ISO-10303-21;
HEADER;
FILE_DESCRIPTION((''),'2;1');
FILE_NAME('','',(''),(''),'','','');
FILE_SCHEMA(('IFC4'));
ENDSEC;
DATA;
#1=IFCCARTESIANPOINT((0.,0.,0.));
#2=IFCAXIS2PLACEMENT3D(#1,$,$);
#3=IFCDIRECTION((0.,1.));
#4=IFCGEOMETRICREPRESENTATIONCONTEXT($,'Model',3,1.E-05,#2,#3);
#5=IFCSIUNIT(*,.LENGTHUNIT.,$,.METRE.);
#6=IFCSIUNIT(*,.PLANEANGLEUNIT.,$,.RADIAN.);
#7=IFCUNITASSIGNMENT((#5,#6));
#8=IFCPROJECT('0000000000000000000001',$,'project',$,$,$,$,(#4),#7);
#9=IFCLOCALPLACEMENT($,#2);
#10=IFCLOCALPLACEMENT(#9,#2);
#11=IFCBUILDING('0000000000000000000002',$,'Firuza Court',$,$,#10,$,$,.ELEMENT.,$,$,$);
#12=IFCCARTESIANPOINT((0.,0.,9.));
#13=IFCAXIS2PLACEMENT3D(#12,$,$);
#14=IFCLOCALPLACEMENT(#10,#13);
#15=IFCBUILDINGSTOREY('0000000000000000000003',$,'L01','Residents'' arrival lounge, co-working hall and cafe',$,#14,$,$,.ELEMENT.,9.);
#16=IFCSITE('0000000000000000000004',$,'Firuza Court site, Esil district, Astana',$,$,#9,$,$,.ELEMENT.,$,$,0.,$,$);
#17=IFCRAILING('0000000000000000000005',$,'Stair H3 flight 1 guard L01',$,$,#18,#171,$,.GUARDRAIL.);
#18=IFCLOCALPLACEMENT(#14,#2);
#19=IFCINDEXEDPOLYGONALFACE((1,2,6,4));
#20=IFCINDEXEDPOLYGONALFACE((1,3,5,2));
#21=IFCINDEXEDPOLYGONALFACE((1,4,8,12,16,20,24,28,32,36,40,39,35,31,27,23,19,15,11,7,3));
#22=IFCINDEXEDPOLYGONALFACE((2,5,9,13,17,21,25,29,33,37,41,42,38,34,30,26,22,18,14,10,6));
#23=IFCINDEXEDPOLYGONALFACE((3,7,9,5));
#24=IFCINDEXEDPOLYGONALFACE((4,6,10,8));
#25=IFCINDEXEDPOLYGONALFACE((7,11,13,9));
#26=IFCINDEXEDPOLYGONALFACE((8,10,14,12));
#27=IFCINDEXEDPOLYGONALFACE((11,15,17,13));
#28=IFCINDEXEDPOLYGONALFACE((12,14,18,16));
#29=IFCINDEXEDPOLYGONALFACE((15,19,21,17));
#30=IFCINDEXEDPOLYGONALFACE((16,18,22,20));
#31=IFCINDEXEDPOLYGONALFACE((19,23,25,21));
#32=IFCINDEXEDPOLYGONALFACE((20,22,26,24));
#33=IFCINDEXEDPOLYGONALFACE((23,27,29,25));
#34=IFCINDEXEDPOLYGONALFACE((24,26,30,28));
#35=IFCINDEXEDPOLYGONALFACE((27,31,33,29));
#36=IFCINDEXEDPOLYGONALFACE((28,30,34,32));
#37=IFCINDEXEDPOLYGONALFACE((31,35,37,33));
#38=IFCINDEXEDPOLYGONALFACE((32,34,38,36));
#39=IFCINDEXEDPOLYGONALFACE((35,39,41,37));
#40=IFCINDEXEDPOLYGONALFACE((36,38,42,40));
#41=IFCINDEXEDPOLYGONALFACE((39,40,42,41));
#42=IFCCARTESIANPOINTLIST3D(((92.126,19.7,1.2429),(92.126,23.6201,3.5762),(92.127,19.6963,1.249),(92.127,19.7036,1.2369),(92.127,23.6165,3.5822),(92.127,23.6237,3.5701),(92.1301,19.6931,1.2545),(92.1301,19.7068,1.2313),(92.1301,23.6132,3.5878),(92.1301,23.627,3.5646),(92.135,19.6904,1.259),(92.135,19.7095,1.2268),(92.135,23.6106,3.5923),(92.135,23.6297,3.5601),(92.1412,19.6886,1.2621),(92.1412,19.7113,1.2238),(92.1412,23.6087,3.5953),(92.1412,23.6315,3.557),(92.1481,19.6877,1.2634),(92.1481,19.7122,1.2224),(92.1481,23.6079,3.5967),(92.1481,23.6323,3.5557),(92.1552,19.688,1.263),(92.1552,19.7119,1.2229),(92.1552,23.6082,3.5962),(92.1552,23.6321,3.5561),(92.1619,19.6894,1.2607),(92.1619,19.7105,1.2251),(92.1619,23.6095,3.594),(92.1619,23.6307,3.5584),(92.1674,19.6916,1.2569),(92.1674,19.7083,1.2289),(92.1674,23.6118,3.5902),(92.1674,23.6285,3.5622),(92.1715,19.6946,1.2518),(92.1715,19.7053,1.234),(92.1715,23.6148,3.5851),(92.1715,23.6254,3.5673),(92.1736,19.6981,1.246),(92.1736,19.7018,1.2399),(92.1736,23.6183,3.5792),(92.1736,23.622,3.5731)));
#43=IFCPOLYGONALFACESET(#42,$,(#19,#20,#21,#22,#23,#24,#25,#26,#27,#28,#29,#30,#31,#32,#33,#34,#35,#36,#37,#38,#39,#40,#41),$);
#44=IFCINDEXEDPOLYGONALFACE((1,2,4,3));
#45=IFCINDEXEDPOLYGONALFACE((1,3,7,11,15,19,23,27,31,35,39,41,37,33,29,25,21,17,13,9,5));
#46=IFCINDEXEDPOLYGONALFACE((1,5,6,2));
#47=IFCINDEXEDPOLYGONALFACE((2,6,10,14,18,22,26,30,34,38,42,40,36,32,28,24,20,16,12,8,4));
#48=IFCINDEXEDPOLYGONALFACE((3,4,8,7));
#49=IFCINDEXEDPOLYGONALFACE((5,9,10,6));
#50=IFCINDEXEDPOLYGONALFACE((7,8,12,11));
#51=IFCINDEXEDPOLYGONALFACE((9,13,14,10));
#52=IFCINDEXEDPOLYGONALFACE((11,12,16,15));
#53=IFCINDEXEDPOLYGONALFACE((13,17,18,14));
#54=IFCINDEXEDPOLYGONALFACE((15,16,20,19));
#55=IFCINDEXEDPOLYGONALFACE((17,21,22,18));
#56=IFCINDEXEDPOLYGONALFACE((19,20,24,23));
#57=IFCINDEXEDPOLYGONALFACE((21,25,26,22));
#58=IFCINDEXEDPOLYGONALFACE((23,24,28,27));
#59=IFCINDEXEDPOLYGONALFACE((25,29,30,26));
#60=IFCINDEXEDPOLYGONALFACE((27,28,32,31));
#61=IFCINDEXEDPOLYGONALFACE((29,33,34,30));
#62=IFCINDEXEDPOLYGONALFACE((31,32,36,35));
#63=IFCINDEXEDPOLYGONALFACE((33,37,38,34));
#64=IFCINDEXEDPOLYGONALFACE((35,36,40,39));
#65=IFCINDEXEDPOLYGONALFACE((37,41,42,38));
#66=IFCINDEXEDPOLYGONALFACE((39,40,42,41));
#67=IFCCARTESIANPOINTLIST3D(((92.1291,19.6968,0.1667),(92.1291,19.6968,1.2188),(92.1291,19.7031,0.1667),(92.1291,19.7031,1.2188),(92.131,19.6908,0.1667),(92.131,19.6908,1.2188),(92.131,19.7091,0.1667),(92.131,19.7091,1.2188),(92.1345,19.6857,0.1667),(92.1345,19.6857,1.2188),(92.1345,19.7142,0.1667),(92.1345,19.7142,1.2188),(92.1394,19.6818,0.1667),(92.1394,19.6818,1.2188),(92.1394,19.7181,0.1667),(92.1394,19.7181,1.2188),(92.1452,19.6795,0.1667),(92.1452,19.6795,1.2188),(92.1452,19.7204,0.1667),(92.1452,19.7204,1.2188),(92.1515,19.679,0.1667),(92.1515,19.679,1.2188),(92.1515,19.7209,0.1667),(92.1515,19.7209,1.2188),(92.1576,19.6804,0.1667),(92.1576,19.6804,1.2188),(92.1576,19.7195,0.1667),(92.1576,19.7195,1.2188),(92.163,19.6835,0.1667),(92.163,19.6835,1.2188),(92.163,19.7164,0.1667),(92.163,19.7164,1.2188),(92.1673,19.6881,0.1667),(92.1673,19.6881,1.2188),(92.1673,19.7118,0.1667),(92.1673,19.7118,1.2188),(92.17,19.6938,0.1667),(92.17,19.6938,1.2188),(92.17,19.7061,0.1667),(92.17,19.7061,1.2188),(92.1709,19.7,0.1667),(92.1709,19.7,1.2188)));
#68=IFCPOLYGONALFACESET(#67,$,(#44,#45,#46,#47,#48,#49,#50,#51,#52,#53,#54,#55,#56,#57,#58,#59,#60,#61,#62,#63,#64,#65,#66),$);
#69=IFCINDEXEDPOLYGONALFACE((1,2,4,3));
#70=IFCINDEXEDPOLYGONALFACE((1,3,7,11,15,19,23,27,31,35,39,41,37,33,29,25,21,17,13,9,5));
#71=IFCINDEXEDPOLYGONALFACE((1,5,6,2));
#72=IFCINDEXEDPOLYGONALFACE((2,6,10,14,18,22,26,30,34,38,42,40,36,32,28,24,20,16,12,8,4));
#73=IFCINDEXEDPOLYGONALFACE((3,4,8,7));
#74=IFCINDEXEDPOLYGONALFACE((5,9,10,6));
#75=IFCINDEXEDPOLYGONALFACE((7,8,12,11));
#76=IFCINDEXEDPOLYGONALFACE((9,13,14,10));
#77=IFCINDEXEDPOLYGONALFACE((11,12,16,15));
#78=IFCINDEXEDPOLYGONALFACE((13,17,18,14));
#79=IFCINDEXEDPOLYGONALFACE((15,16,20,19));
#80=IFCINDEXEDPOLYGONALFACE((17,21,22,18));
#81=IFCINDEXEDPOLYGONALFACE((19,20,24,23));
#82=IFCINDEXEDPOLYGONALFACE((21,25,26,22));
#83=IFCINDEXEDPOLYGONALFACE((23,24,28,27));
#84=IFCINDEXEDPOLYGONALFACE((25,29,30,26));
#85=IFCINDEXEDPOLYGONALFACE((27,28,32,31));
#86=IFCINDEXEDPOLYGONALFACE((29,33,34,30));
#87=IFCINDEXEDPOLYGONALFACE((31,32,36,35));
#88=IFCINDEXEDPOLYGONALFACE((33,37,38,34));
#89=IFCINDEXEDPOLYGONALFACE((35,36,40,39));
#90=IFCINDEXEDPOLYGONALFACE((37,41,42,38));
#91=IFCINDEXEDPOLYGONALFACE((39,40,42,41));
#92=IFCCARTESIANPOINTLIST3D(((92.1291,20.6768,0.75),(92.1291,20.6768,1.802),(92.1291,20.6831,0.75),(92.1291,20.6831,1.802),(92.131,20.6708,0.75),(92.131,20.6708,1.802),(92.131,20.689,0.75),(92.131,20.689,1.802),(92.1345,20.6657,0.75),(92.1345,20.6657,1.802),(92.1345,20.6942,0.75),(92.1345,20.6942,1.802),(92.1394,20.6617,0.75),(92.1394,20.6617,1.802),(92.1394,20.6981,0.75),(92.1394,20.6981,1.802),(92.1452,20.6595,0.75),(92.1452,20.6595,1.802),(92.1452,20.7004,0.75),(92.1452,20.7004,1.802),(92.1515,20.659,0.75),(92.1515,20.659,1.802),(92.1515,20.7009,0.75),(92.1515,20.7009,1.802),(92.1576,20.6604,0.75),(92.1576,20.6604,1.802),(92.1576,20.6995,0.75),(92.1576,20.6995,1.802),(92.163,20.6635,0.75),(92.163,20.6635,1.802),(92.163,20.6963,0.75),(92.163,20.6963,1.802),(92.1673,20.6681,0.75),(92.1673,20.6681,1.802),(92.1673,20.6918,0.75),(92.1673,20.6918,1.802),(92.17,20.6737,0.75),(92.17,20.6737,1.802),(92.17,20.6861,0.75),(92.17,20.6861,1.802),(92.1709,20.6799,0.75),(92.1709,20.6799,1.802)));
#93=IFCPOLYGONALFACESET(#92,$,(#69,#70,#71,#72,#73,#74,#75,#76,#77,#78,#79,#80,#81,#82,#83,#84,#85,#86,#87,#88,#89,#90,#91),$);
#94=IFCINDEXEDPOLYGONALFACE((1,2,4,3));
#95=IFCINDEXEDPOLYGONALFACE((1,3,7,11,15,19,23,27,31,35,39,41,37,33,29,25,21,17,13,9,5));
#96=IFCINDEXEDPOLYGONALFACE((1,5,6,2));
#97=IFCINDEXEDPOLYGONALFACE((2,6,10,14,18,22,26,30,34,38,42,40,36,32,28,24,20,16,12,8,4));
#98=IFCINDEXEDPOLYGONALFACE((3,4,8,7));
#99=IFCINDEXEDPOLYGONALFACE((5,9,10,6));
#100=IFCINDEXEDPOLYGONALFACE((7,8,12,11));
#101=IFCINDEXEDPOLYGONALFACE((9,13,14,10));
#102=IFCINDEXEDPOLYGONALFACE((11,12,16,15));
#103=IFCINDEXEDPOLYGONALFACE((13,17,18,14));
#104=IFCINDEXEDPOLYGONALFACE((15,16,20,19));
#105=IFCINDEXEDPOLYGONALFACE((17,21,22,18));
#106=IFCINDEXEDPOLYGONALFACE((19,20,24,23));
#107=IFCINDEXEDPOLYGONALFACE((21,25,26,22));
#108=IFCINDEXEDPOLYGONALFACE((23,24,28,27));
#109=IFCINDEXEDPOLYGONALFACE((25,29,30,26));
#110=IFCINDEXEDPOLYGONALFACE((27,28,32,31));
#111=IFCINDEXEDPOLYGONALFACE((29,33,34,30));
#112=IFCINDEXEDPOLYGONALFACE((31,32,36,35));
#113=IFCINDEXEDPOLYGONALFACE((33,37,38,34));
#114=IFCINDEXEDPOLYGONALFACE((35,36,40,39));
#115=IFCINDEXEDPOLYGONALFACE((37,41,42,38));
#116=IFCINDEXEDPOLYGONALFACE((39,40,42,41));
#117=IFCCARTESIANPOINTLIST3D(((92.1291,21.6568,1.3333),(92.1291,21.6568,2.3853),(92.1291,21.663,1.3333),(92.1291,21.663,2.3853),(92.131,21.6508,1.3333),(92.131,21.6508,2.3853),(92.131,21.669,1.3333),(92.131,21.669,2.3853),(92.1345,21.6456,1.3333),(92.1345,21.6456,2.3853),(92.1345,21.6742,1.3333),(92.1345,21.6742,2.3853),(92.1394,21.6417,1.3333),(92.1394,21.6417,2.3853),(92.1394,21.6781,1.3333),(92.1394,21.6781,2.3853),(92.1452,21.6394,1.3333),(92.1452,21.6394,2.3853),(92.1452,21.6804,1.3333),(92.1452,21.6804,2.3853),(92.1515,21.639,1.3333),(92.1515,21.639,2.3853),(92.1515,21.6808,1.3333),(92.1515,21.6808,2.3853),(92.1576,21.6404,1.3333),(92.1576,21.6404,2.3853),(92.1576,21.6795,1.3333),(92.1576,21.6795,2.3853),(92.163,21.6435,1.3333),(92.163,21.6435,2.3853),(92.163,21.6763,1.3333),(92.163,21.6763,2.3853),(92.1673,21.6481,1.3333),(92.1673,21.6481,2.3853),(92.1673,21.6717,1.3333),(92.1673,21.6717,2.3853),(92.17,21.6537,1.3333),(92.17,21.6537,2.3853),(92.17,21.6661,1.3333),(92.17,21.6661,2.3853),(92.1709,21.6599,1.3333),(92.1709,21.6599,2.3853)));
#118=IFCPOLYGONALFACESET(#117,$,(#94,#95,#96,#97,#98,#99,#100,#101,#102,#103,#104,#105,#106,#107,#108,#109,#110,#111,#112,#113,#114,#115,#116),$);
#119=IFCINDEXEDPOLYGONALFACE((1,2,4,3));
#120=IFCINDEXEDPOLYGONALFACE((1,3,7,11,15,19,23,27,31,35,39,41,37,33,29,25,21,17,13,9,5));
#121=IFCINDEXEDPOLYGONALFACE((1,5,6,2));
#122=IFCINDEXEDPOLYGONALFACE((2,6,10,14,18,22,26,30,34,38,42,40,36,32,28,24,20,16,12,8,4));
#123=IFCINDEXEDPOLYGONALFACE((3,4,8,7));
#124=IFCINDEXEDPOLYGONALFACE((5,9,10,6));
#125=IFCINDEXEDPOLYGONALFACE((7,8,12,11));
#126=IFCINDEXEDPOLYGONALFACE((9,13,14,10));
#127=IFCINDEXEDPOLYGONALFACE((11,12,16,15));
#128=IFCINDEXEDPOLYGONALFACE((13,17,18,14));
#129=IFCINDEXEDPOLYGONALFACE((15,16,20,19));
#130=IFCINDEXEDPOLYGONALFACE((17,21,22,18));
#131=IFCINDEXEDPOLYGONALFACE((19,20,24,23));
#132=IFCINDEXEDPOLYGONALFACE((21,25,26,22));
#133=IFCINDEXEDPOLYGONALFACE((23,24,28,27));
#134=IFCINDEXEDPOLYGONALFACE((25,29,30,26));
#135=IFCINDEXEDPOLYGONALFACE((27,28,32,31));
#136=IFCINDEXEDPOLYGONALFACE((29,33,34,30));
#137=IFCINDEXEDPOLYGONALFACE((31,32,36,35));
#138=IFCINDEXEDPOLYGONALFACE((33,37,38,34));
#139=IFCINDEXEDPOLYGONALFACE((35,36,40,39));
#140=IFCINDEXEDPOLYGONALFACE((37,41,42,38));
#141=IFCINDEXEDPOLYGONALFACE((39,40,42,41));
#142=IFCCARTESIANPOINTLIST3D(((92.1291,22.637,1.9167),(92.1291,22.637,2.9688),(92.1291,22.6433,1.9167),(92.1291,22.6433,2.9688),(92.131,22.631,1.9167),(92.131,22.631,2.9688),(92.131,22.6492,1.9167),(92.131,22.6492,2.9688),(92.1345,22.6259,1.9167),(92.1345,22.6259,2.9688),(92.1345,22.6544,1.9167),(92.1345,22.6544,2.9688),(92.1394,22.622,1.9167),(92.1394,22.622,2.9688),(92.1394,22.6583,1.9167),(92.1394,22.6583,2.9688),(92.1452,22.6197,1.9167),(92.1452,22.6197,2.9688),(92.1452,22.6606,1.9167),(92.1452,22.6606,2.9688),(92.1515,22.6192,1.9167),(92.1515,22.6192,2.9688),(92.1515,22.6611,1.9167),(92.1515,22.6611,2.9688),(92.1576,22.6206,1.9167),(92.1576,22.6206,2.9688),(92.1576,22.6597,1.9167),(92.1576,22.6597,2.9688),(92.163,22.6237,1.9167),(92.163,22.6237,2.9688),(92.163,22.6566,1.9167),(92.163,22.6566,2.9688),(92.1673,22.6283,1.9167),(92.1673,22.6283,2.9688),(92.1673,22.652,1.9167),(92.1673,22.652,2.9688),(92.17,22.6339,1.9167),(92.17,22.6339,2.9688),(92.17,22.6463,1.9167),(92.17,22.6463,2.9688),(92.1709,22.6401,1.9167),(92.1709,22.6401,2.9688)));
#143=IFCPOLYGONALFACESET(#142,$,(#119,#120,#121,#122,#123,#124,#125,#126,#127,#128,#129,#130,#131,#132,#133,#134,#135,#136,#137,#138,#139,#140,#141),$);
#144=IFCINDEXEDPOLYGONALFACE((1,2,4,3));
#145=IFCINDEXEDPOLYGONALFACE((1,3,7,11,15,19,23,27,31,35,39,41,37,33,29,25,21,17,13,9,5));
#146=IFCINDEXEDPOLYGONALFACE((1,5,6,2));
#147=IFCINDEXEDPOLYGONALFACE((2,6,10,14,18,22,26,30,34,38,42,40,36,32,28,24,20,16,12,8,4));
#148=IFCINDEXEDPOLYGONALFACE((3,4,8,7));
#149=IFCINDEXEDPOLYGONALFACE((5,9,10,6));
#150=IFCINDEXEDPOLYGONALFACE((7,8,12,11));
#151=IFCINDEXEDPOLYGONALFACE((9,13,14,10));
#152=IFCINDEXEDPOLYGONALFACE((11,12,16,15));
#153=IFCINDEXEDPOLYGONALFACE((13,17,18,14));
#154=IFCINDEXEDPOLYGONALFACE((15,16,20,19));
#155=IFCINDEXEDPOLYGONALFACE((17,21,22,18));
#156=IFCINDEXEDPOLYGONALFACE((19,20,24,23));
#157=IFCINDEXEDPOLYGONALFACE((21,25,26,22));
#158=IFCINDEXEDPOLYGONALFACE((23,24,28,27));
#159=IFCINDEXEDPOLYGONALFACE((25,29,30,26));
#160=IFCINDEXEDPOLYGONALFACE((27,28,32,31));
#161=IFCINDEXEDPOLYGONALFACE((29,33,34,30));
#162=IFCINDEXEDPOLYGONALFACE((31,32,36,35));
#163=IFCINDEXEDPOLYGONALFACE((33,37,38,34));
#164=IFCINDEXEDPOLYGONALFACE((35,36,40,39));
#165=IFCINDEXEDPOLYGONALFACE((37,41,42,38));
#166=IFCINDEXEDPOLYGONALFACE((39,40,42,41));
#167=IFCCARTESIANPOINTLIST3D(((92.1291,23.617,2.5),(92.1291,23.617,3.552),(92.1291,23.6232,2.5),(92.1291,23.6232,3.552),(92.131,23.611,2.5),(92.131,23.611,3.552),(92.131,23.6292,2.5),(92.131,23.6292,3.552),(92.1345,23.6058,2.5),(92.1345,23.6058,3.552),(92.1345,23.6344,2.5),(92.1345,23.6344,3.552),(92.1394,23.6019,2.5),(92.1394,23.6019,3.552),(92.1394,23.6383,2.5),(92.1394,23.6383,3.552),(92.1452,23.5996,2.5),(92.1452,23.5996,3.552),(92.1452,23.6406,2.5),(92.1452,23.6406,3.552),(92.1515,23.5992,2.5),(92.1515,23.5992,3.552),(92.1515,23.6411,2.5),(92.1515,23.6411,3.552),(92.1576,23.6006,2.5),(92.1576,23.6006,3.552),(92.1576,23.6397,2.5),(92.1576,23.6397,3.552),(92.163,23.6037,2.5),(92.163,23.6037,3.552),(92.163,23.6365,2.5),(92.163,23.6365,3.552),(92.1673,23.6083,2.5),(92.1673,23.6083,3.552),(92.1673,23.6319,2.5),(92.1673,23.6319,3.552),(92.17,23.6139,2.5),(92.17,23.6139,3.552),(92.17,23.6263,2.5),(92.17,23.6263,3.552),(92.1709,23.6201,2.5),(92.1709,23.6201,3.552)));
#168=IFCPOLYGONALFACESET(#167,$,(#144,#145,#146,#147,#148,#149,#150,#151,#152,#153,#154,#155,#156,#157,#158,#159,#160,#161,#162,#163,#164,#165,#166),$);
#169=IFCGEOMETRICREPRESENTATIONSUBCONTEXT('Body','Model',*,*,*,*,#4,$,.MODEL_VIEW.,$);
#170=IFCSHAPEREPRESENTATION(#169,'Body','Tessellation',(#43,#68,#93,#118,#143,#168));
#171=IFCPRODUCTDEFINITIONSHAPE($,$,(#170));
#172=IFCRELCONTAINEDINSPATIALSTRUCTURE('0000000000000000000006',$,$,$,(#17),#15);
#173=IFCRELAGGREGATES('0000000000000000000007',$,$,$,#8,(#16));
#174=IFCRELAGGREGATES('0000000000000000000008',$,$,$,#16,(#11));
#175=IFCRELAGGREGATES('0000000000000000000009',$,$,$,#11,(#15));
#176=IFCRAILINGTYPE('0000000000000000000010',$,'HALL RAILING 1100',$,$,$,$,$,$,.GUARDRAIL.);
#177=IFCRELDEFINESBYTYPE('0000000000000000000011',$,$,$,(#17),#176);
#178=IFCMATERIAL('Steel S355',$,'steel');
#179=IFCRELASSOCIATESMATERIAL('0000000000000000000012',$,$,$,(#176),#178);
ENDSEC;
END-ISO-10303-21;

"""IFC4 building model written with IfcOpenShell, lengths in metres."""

from ifc_helpers import new_model, si_unit, direction, frame, origin, origin_2d, place, context, subcontext, project, spatial, circle, extrude, material, type_object, element, save


model = new_model("IFC4")

# Units and contexts
model_context = context("Model", 3, precision=1e-05, world=origin(), true_north=direction((0.0, 1.0)))
body_context = subcontext(model_context, "Body", "Model", "MODEL_VIEW")
ifc_project = project(units=[si_unit("LENGTHUNIT", "METRE"), si_unit("PLANEANGLEUNIT", "RADIAN")], contexts=[model_context])

# Site, building, storey
site_placement = place(None, origin())
site = spatial("IfcSite", under=ifc_project, at=site_placement, Name="Firuza Court site, Esil district, Astana", CompositionType="ELEMENT", RefElevation=0.0)
building_placement = place(site_placement, origin())
building = spatial("IfcBuilding", under=site, at=building_placement, Name="Firuza Court", CompositionType="ELEMENT")
storey_placement = place(building_placement, frame((0.0, 0.0, 9.0)))
storey = spatial("IfcBuildingStorey", under=building, at=storey_placement, Name="L01", Description="Residents' arrival lounge, co-working hall and cafe", CompositionType="ELEMENT", Elevation=9.0)

# Railing
ifc_material_1 = material(Name="Steel S355", Category="steel")
railing_type_1 = type_object("IfcRailingType", Name="HALL RAILING 1100", PredefinedType="GUARDRAIL", material=ifc_material_1)
railing_1_placement = place(storey_placement, frame((92.1499, 19.7, 0.1667)))
element("IfcRailing", 1, at=railing_1_placement, inside=storey, type_object=railing_type_1, Name="Stair H3 flight 1 guard L01", PredefinedType="GUARDRAIL", context=body_context, shape_type="SweptSolid", body=[
    extrude(circle(Radius=0.0239, at=origin_2d()), frame((0.0, 0.0, 1.0762), z_axis=(0.0, 0.85931, 0.511455), x_axis=(-1.0, 0.0, 0.0)), (0.0, 0.0, 1.0), 4.562),
    extrude(circle(Radius=0.021, at=origin_2d()), origin(), (0.0, 0.0, 1.0), 1.052),
    extrude(circle(Radius=0.021, at=origin_2d()), frame((0.0, 0.98, 0.5833)), (0.0, 0.0, 1.0), 1.052),
    extrude(circle(Radius=0.021, at=origin_2d()), frame((0.0, 1.96, 1.1665)), (0.0, 0.0, 1.0), 1.052),
    extrude(circle(Radius=0.021, at=origin_2d()), frame((0.0, 2.9402, 1.75)), (0.0, 0.0, 1.0), 1.052),
    extrude(circle(Radius=0.021, at=origin_2d()), frame((0.0, 3.9202, 2.3333)), (0.0, 0.0, 1.0), 1.052),
])

save(model, "model.ifc")
